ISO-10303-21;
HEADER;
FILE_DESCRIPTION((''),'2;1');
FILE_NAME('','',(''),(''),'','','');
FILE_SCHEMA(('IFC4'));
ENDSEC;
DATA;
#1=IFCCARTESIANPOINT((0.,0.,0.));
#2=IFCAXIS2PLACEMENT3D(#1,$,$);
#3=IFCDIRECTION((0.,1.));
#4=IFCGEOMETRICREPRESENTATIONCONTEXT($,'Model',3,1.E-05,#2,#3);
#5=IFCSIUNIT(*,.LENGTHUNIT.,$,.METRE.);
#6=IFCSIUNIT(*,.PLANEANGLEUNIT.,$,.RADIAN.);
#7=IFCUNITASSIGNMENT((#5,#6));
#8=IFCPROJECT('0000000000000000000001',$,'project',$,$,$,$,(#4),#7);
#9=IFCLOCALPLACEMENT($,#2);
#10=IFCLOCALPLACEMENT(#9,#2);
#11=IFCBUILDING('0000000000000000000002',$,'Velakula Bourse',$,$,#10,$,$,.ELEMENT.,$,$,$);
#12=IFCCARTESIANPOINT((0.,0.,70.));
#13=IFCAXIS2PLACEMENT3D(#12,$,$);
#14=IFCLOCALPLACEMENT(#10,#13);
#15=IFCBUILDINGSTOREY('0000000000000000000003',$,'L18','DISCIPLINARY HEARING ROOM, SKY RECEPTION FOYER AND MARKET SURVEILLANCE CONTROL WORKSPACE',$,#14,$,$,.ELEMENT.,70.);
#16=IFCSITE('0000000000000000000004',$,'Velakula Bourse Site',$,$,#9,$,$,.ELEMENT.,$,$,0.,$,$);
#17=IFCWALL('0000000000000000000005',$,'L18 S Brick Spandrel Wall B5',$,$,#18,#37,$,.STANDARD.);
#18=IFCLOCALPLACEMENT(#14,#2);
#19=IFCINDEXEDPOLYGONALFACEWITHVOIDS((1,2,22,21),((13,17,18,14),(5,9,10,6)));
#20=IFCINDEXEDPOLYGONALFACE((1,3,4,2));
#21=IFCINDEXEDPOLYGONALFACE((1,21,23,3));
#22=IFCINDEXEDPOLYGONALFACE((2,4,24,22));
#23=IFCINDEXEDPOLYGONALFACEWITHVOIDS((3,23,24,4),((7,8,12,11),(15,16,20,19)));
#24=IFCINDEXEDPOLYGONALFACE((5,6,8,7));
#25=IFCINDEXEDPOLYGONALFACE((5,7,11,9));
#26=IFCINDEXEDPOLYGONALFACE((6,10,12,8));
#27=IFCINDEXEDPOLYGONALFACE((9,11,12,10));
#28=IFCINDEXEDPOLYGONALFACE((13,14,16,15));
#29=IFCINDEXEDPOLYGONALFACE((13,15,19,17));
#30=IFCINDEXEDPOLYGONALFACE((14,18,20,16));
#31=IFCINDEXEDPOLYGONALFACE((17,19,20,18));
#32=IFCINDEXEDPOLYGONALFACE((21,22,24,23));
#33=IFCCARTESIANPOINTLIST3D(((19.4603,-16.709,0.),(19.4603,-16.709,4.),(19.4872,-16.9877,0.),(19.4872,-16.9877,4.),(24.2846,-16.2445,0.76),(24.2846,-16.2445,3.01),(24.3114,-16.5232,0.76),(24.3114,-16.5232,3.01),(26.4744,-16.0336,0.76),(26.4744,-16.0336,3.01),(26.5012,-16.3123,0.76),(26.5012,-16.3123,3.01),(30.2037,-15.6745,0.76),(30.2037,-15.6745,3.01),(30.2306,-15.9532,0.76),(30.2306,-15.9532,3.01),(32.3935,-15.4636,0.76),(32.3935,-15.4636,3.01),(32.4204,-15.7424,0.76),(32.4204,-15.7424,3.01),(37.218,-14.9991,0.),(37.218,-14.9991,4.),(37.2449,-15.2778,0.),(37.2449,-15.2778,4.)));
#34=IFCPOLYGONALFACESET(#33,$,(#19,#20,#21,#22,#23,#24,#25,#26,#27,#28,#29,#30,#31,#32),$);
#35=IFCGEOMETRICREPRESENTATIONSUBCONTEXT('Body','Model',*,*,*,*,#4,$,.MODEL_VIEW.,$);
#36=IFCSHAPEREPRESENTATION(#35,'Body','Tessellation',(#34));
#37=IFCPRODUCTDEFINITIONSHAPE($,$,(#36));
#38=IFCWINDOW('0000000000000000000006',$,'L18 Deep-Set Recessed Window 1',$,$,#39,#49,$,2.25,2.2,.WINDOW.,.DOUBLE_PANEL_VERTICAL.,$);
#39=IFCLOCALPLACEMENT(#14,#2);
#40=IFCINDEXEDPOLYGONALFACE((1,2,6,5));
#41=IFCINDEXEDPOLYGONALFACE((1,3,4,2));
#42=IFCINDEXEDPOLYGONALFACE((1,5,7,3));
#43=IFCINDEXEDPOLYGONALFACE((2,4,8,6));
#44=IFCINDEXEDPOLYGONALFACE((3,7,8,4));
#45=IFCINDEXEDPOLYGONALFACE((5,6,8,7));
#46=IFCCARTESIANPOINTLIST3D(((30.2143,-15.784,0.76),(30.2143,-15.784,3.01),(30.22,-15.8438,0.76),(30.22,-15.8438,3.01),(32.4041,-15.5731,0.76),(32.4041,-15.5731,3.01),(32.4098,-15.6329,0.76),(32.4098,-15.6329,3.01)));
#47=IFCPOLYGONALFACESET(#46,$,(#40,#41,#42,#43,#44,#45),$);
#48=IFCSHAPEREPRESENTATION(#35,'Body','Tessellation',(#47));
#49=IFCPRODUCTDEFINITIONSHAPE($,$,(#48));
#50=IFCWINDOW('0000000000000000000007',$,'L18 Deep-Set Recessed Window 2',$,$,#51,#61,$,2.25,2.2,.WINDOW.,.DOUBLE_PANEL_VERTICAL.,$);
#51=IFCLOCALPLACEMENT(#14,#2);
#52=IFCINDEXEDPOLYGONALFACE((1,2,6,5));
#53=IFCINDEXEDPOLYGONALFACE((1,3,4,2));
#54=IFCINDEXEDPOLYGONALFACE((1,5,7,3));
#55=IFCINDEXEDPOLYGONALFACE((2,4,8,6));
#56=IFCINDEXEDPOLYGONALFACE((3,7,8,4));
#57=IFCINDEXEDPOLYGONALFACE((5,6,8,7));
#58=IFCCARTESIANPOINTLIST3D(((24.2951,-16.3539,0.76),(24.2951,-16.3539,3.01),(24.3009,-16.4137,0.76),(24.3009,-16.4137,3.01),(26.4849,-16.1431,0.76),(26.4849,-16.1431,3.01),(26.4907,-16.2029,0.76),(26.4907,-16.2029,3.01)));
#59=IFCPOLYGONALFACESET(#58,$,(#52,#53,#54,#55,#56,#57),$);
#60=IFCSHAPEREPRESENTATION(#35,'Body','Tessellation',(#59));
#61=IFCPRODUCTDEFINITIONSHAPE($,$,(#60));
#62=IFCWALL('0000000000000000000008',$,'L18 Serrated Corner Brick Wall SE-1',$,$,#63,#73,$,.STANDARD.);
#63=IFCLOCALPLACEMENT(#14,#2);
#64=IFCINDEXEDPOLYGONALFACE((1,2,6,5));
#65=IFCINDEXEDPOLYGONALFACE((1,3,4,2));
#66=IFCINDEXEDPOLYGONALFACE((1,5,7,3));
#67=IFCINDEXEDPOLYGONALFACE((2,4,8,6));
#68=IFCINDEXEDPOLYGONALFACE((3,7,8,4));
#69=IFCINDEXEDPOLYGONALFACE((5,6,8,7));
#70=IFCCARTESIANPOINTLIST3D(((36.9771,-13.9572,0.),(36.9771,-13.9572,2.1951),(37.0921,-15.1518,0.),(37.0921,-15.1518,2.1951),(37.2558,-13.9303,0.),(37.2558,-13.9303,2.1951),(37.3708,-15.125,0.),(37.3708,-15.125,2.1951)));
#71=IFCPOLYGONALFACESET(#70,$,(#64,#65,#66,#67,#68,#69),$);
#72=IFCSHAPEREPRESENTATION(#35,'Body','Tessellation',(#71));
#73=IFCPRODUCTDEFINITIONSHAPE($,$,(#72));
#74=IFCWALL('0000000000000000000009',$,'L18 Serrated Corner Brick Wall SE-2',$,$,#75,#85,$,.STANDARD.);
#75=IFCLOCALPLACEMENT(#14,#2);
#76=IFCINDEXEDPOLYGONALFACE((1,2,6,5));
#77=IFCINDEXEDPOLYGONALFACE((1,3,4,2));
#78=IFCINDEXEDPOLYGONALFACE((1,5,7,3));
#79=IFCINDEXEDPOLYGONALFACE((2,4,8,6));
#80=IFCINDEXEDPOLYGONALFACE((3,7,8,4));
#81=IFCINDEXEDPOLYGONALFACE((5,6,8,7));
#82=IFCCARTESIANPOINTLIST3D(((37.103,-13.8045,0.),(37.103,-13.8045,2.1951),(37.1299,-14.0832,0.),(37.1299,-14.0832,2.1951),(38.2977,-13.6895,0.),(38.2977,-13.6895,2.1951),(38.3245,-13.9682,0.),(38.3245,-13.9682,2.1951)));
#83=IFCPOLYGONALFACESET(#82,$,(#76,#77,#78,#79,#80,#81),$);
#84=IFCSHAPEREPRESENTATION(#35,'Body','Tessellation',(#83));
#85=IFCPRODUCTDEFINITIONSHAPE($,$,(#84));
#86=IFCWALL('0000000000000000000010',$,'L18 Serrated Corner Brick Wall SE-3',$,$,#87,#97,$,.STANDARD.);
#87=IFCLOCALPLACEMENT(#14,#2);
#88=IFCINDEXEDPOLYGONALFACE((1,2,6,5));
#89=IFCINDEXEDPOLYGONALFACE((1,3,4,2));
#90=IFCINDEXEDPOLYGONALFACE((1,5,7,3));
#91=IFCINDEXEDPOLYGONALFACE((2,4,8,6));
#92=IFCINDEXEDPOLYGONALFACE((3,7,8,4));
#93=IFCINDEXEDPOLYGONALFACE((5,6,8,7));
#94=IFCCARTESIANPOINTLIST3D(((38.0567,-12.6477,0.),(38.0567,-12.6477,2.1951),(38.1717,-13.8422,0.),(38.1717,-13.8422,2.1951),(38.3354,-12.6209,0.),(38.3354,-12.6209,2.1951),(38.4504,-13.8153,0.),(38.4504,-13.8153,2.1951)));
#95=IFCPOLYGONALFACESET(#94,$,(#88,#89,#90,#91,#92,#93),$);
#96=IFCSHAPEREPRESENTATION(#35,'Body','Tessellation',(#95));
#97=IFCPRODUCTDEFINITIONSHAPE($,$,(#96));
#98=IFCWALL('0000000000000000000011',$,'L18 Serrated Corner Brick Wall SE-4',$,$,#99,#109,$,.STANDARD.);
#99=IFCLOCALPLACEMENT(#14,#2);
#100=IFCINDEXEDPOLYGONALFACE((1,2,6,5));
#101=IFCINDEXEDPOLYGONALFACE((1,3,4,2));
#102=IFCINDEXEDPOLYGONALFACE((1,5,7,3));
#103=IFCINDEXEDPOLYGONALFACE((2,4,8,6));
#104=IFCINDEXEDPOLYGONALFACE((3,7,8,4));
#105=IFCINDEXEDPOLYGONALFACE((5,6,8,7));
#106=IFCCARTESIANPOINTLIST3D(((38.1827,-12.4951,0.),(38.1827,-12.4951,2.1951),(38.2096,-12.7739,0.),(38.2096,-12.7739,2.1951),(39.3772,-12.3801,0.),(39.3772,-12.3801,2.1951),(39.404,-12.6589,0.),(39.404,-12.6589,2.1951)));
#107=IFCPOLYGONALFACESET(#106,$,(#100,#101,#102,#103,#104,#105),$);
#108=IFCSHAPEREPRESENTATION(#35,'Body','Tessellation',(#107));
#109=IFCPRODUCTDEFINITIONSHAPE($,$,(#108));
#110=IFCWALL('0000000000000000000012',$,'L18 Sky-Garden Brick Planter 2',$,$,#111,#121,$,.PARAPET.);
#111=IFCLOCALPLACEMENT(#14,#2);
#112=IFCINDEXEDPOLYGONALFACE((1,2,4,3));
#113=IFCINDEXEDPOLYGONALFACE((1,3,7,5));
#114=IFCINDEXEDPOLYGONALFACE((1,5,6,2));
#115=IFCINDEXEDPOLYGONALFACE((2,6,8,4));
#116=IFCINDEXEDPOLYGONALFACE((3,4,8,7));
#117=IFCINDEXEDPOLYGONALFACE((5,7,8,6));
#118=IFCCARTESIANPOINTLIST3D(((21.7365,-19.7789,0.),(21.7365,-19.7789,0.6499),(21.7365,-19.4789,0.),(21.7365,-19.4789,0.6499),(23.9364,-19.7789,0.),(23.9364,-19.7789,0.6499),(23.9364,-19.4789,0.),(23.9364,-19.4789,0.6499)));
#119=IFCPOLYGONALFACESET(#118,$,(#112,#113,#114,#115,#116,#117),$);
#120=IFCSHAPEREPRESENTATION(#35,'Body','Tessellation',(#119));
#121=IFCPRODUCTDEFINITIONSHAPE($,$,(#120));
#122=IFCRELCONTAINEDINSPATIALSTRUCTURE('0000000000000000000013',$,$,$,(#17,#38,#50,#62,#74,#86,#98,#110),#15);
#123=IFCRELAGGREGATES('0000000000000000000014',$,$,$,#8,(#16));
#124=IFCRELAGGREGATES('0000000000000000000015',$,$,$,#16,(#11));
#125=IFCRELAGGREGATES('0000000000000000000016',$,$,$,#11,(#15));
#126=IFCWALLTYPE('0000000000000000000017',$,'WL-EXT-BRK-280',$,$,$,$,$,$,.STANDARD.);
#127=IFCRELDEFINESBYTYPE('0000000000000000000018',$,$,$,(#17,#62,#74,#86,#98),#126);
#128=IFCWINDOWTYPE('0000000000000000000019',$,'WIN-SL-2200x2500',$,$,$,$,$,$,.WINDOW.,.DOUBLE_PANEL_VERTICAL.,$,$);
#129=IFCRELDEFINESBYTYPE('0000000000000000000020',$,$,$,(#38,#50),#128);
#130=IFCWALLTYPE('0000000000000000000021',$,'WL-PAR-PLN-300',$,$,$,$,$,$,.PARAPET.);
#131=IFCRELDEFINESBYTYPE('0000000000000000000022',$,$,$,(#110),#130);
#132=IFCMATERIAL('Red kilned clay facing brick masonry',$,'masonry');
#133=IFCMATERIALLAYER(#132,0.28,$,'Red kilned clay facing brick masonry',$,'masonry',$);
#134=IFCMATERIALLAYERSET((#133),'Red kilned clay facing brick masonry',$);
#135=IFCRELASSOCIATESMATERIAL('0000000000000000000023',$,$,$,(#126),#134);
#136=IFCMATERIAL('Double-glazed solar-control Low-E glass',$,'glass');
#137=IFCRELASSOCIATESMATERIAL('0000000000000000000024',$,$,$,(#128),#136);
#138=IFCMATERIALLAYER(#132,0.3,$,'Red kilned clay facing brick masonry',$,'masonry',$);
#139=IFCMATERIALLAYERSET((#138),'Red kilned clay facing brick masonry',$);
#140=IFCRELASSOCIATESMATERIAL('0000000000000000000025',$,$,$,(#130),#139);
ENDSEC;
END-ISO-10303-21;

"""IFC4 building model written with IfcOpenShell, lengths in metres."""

from ifc_helpers import new_model, si_unit, direction, frame, frame_2d, origin, place, context, subcontext, project, spatial, rectangle, extrude, material, layer, layer_set, type_object, element, fill, save


model = new_model("IFC4")

# Units and contexts
model_context = context("Model", 3, precision=1e-05, world=origin(), true_north=direction((0.0, 1.0)))
body_context = subcontext(model_context, "Body", "Model", "MODEL_VIEW")
ifc_project = project(units=[si_unit("LENGTHUNIT", "METRE"), si_unit("PLANEANGLEUNIT", "RADIAN")], contexts=[model_context])

# Site, building, storey
site_placement = place(None, origin())
site = spatial("IfcSite", under=ifc_project, at=site_placement, Name="Velakula Bourse Site", CompositionType="ELEMENT", RefElevation=0.0)
building_placement = place(site_placement, origin())
building = spatial("IfcBuilding", under=site, at=building_placement, Name="Velakula Bourse", CompositionType="ELEMENT")
storey_placement = place(building_placement, frame((0.0, 0.0, 70.0)))
storey = spatial("IfcBuildingStorey", under=building, at=storey_placement, Name="L18", Description="DISCIPLINARY HEARING ROOM, SKY RECEPTION FOYER AND MARKET SURVEILLANCE CONTROL WORKSPACE", CompositionType="ELEMENT", Elevation=70.0)

# Wall, openings, windows
ifc_material_1 = material(Name="Red kilned clay facing brick masonry", Category="masonry")
ifc_layer_1 = layer(ifc_material_1, 0.28, Name="Red kilned clay facing brick masonry", Category="masonry")
ifc_layer_set_1 = layer_set([ifc_layer_1], Name="Red kilned clay facing brick masonry")
wall_type_1 = type_object("IfcWallType", Name="WL-EXT-BRK-280", PredefinedType="STANDARD", material=ifc_layer_set_1)
ifc_material_2 = material(Name="Double-glazed solar-control Low-E glass", Category="glass")
window_type = type_object("IfcWindowType", Name="WIN-SL-2200x2500", PartitioningType="DOUBLE_PANEL_VERTICAL", PredefinedType="WINDOW", material=ifc_material_2)
wall_1_placement = place(storey_placement, frame((37.2314, -15.1384, 0.0), z_axis=(0.0, 0.0, 1.0), x_axis=(-0.995396, -0.09585, 0.0)))
wall_1 = element("IfcWall", 1, at=wall_1_placement, inside=storey, type_object=wall_type_1, Name="L18 S Brick Spandrel Wall B5", PredefinedType="STANDARD", context=body_context, shape_type="SweptSolid", body=[
    extrude(rectangle(XDim=17.8398, YDim=0.28, at=frame_2d((8.9199, 0.0))), origin(), (0.0, 0.0, 1.0), 4.0),
])
opening_1_placement = place(wall_1_placement, frame((4.8467, 0.0, 0.76)))
opening_1 = element("IfcOpeningElement", 2, at=opening_1_placement, cuts=wall_1, PredefinedType="OPENING", context=body_context, shape_type="SweptSolid", body=[
    extrude(rectangle(XDim=2.2, YDim=2.25, at=frame_2d((1.1001, 1.125))), frame((0.0, 0.1499, 0.0), z_axis=(0.0, -1.0, 0.0), x_axis=(1.0, 0.0, 0.0)), (0.0, 0.0, 1.0), 0.3),
])
opening_2_placement = place(wall_1_placement, frame((10.7932, 0.0, 0.76)))
opening_2 = element("IfcOpeningElement", 3, at=opening_2_placement, cuts=wall_1, PredefinedType="OPENING", context=body_context, shape_type="SweptSolid", body=[
    extrude(rectangle(XDim=2.2, YDim=2.25, at=frame_2d((1.1001, 1.125))), frame((0.0, 0.1499, 0.0), z_axis=(0.0, -1.0, 0.0), x_axis=(1.0, 0.0, 0.0)), (0.0, 0.0, 1.0), 0.3),
])
window_1_placement = place(opening_1_placement, origin())
window_1 = element("IfcWindow", 4, at=window_1_placement, inside=storey, type_object=window_type, Name="L18 Deep-Set Recessed Window 1", OverallHeight=2.25, OverallWidth=2.2, PartitioningType="DOUBLE_PANEL_VERTICAL", PredefinedType="WINDOW", context=body_context, shape_type="SweptSolid", body=[
    extrude(rectangle(XDim=2.2, YDim=2.25, at=frame_2d((1.1001, 1.125))), frame((0.0, 0.03, 0.0), z_axis=(0.0, -1.0, 0.0), x_axis=(1.0, 0.0, 0.0)), (0.0, 0.0, 1.0), 0.0601),
])
fill(opening_1, window_1)
window_2_placement = place(opening_2_placement, origin())
window_2 = element("IfcWindow", 5, at=window_2_placement, inside=storey, type_object=window_type, Name="L18 Deep-Set Recessed Window 2", OverallHeight=2.25, OverallWidth=2.2, PartitioningType="DOUBLE_PANEL_VERTICAL", PredefinedType="WINDOW", context=body_context, shape_type="SweptSolid", body=[
    extrude(rectangle(XDim=2.2, YDim=2.25, at=frame_2d((1.1001, 1.125))), frame((0.0, 0.03, 0.0), z_axis=(0.0, -1.0, 0.0), x_axis=(1.0, 0.0, 0.0)), (0.0, 0.0, 1.0), 0.0601),
])
fill(opening_2, window_2)

# Walls
for number, where, z_axis, x_axis, name in (
    (6, (37.2314, -15.1384, 0.0), (0.0, 0.0, 1.0), (-0.095817, 0.995399, 0.0), "L18 Serrated Corner Brick Wall SE-1"),
    (7, (37.1165, -13.9438, 0.0), (0.0, 0.0, 1.0), (0.995399, 0.095817, 0.0), "L18 Serrated Corner Brick Wall SE-2"),
):
    element("IfcWall", number, at=place(storey_placement, frame(where, z_axis=z_axis, x_axis=x_axis)), inside=storey, type_object=wall_type_1, Name=name, PredefinedType="STANDARD", context=body_context, shape_type="SweptSolid", body=[
        extrude(rectangle(XDim=1.2002, YDim=0.28, at=frame_2d((0.6001, 0.0))), origin(), (0.0, 0.0, 1.0), 2.1951),
    ])
for number, where, z_axis, x_axis, name in (
    (8, (38.311, -13.8289, 0.0), (0.0, 0.0, 1.0), (-0.095836, 0.995397, 0.0), "L18 Serrated Corner Brick Wall SE-3"),
    (9, (38.196, -12.6345, 0.0), (0.0, 0.0, 1.0), (0.995397, 0.095836, 0.0), "L18 Serrated Corner Brick Wall SE-4"),
):
    element("IfcWall", number, at=place(storey_placement, frame(where, z_axis=z_axis, x_axis=x_axis)), inside=storey, type_object=wall_type_1, Name=name, PredefinedType="STANDARD", context=body_context, shape_type="SweptSolid", body=[
        extrude(rectangle(XDim=1.2, YDim=0.28, at=frame_2d((0.6001, 0.0))), origin(), (0.0, 0.0, 1.0), 2.1951),
    ])
ifc_layer_2 = layer(ifc_material_1, 0.3, Name="Red kilned clay facing brick masonry", Category="masonry")
ifc_layer_set_2 = layer_set([ifc_layer_2], Name="Red kilned clay facing brick masonry")
wall_type_2 = type_object("IfcWallType", Name="WL-PAR-PLN-300", PredefinedType="PARAPET", material=ifc_layer_set_2)
wall_2_placement = place(storey_placement, frame((21.7363, -19.6289, 0.0), z_axis=(0.0, 0.0, 1.0), x_axis=(1.0, 0.0, 0.0)))
element("IfcWall", 10, at=wall_2_placement, inside=storey, type_object=wall_type_2, Name="L18 Sky-Garden Brick Planter 2", PredefinedType="PARAPET", context=body_context, shape_type="SweptSolid", body=[
    extrude(rectangle(XDim=2.2, YDim=0.3, at=frame_2d((1.1001, 0.0))), origin(), (0.0, 0.0, 1.0), 0.6499),
])

save(model, "model.ifc")
